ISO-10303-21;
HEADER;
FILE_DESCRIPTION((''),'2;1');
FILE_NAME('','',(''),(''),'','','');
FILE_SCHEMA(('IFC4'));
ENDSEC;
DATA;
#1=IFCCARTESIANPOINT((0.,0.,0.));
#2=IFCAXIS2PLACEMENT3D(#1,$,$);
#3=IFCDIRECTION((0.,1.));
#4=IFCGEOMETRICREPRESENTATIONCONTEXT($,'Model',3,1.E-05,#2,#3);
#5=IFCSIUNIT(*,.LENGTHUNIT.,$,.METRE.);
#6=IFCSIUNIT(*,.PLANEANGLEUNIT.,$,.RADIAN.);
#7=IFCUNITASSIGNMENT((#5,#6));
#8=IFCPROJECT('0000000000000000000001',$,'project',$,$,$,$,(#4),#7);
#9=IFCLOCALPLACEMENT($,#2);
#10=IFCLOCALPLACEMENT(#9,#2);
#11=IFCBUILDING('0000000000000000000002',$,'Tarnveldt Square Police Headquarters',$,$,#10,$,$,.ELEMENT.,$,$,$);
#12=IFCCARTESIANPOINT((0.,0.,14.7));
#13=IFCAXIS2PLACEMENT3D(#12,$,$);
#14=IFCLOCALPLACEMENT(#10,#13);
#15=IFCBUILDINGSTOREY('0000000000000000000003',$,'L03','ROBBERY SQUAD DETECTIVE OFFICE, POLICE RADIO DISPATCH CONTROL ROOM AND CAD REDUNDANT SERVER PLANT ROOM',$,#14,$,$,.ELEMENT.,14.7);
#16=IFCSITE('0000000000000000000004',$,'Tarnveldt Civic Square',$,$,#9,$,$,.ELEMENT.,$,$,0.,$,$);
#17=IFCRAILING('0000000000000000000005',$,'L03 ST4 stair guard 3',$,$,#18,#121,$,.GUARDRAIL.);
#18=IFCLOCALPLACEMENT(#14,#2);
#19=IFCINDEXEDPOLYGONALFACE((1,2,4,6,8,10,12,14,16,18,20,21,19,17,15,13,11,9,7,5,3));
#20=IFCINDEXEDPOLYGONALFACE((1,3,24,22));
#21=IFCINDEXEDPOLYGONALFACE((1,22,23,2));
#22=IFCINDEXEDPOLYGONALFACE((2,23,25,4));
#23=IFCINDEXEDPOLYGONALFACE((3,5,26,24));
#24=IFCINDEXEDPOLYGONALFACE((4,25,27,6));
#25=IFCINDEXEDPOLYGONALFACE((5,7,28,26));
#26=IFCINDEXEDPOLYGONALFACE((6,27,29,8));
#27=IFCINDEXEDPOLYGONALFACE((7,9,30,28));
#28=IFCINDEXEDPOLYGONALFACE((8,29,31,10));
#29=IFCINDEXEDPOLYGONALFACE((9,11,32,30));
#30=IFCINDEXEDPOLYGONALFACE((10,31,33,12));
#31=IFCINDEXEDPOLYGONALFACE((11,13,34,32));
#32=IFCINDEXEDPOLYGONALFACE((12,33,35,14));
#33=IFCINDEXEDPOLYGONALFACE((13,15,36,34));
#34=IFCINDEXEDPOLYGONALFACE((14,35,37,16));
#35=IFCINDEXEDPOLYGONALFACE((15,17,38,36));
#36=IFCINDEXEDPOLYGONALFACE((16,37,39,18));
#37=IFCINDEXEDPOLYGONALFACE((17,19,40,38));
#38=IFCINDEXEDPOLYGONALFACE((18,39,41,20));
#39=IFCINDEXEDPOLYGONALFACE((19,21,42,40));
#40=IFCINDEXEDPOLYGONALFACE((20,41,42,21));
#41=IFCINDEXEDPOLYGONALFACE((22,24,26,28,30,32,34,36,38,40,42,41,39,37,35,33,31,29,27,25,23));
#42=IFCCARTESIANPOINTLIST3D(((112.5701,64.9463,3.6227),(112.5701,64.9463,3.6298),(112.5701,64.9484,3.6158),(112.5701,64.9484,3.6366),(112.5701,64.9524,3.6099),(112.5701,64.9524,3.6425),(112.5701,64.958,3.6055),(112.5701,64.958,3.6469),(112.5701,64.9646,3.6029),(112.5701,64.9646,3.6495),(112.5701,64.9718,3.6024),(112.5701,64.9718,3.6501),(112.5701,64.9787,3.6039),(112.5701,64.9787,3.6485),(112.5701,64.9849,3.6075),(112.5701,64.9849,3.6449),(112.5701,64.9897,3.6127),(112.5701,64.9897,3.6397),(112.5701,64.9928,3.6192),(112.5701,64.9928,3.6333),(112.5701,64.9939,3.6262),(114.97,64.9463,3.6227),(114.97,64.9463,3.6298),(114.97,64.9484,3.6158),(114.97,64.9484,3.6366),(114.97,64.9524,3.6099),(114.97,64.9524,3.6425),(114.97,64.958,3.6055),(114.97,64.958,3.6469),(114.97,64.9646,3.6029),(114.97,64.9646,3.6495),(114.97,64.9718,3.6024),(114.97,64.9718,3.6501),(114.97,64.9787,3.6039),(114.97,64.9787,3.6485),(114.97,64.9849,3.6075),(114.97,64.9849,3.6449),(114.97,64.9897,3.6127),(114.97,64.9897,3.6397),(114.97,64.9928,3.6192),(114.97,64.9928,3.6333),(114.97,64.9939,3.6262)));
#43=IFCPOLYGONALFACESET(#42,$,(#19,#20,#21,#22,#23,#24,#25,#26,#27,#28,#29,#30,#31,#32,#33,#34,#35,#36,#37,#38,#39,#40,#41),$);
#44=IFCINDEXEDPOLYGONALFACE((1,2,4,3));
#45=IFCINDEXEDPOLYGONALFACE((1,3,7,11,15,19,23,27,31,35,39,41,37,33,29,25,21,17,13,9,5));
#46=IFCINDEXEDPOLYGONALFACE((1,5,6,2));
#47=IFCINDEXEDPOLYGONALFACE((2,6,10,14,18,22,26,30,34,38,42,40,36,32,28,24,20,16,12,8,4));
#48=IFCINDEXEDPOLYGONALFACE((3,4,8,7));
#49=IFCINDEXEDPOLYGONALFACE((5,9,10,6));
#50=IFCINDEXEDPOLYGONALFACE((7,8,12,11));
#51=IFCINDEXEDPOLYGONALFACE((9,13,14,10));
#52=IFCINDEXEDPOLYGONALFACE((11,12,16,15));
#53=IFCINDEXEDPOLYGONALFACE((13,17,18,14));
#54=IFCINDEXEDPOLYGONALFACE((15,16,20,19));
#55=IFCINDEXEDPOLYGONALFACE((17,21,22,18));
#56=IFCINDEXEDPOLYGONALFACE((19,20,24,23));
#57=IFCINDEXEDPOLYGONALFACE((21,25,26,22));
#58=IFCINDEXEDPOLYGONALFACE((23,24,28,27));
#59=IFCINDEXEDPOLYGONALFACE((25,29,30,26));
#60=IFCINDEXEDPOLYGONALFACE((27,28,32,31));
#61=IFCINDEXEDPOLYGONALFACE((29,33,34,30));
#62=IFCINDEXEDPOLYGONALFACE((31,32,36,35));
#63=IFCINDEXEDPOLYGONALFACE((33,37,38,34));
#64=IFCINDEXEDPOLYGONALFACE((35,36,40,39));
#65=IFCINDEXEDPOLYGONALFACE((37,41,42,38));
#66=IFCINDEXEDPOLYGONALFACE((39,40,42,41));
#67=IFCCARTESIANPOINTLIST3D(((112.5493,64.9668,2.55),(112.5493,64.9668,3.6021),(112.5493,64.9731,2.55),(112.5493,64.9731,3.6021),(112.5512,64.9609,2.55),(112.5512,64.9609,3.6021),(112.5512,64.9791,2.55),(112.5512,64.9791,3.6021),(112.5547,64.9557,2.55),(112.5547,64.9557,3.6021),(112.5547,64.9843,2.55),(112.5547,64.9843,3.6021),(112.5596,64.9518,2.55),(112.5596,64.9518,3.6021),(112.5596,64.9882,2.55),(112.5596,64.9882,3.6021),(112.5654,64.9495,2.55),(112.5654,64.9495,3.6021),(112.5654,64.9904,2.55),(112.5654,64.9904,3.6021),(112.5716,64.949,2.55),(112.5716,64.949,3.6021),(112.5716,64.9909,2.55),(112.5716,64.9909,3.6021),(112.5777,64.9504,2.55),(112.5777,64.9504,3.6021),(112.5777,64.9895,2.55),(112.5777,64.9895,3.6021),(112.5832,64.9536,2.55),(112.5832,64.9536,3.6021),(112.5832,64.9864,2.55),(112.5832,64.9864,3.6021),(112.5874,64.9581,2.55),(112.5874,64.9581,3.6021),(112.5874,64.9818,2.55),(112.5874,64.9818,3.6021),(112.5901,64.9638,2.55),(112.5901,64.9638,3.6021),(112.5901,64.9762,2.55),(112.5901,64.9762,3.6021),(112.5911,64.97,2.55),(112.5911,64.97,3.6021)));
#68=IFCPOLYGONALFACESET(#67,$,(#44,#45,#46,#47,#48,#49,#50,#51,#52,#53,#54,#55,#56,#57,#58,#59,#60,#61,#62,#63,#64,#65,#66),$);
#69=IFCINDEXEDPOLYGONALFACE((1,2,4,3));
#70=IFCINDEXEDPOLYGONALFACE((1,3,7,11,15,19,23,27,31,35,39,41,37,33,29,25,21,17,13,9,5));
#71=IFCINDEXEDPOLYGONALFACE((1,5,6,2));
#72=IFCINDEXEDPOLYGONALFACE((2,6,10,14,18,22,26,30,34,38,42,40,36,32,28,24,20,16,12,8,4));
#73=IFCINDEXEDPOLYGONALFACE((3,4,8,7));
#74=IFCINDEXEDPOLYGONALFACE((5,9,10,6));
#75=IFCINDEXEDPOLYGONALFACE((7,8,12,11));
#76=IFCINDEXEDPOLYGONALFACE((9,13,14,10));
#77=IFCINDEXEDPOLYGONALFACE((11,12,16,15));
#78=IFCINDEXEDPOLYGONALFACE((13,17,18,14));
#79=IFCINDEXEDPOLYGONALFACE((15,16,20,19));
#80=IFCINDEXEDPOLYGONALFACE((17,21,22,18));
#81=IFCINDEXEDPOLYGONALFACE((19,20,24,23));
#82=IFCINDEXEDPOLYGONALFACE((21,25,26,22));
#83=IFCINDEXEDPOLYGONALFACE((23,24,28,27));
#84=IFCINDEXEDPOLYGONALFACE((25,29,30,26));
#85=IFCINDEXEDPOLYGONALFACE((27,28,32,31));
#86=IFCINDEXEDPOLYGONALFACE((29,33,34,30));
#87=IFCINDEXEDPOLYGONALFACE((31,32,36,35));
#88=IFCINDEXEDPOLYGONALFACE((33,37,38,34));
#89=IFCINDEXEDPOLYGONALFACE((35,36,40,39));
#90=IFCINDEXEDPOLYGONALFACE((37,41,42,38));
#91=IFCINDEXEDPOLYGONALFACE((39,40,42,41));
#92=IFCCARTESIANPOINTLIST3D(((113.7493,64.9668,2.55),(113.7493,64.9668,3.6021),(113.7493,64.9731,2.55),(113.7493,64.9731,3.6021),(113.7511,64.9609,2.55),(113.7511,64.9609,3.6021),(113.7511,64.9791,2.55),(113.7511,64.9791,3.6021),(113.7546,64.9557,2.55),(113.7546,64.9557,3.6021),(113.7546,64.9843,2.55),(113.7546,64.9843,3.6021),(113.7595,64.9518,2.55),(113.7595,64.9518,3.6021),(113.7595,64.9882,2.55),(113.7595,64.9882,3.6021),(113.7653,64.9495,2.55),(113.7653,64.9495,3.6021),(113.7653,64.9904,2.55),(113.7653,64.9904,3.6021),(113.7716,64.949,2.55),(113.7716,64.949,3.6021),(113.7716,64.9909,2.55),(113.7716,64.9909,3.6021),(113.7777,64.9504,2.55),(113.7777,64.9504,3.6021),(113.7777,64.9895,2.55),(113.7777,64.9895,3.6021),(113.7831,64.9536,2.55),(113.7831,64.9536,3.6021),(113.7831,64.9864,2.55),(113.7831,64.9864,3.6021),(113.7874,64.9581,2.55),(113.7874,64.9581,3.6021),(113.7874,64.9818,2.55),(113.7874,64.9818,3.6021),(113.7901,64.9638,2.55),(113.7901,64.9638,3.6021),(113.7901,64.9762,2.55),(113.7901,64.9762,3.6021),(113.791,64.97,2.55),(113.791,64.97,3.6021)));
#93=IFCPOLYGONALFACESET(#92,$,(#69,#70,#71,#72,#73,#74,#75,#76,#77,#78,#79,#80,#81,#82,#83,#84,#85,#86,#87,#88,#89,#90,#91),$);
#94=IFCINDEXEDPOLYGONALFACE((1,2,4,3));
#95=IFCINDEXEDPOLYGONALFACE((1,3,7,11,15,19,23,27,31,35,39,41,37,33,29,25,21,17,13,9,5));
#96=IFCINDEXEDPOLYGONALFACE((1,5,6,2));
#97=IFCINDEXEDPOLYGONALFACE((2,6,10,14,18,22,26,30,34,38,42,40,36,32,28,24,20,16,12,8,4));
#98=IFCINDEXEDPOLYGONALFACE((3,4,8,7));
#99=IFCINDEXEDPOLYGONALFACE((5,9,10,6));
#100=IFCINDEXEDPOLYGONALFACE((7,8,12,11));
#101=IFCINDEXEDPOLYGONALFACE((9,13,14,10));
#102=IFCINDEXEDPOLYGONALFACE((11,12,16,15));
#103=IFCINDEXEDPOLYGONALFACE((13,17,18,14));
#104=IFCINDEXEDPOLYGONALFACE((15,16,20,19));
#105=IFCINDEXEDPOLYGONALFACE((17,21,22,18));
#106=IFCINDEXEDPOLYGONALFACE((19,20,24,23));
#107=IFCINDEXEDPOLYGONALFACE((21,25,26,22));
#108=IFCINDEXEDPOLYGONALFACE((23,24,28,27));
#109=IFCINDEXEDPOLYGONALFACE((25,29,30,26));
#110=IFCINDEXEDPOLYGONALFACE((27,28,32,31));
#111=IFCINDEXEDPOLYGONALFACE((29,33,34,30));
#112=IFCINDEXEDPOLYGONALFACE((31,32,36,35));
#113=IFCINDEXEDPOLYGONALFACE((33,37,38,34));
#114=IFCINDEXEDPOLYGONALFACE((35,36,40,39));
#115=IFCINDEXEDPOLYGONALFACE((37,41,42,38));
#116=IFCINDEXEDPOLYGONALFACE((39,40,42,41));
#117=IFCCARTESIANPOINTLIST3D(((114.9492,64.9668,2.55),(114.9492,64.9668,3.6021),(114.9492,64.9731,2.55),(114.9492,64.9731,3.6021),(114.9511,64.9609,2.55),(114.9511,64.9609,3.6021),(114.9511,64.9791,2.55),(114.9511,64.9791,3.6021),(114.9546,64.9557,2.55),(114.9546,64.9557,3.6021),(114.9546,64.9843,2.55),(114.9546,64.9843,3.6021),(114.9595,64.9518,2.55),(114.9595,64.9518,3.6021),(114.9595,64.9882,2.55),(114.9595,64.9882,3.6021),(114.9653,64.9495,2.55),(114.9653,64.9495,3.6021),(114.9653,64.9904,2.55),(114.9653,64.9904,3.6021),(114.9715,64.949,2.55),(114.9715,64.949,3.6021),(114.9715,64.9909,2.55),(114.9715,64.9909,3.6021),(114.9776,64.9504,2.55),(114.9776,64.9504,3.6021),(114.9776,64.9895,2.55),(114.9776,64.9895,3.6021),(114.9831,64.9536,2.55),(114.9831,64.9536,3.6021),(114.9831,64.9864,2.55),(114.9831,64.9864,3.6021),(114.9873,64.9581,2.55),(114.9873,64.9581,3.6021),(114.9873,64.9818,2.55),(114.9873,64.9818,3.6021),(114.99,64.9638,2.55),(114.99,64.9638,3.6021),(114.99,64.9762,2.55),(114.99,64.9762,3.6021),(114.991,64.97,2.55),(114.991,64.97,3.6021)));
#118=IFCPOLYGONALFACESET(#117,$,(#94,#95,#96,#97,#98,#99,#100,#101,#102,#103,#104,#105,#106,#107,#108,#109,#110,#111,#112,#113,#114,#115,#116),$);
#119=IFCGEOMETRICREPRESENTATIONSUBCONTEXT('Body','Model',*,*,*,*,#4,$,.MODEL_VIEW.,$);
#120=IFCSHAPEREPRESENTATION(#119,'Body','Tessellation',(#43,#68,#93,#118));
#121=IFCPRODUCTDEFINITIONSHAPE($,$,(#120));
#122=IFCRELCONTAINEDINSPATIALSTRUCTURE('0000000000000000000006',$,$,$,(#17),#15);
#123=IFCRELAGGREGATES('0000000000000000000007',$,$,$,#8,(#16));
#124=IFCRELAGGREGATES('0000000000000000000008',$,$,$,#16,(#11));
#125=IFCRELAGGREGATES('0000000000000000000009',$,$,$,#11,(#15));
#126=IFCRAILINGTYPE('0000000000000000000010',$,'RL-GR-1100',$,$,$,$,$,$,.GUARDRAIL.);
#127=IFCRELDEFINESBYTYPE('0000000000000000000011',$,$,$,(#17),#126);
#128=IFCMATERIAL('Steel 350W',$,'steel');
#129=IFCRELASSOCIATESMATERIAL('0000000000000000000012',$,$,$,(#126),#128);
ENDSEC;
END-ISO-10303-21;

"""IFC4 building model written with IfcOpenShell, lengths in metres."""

from ifc_helpers import new_model, si_unit, direction, frame, origin, origin_2d, place, context, subcontext, project, spatial, circle, extrude, material, type_object, element, save


model = new_model("IFC4")

# Units and contexts
model_context = context("Model", 3, precision=1e-05, world=origin(), true_north=direction((0.0, 1.0)))
body_context = subcontext(model_context, "Body", "Model", "MODEL_VIEW")
ifc_project = project(units=[si_unit("LENGTHUNIT", "METRE"), si_unit("PLANEANGLEUNIT", "RADIAN")], contexts=[model_context])

# Site, building, storey
site_placement = place(None, origin())
site = spatial("IfcSite", under=ifc_project, at=site_placement, Name="Tarnveldt Civic Square", CompositionType="ELEMENT", RefElevation=0.0)
building_placement = place(site_placement, origin())
building = spatial("IfcBuilding", under=site, at=building_placement, Name="Tarnveldt Square Police Headquarters", CompositionType="ELEMENT")
storey_placement = place(building_placement, frame((0.0, 0.0, 14.7)))
storey = spatial("IfcBuildingStorey", under=building, at=storey_placement, Name="L03", Description="ROBBERY SQUAD DETECTIVE OFFICE, POLICE RADIO DISPATCH CONTROL ROOM AND CAD REDUNDANT SERVER PLANT ROOM", CompositionType="ELEMENT", Elevation=14.7)

# Shared definitions
ifc_material_1 = material(Name="Steel 350W", Category="steel")

# Railing
railing_type_1 = type_object("IfcRailingType", Name="RL-GR-1100", PredefinedType="GUARDRAIL", material=ifc_material_1)
railing_1_placement = place(storey_placement, frame((112.5701, 64.97, 2.55)))
element("IfcRailing", 1, at=railing_1_placement, inside=storey, type_object=railing_type_1, Name="L03 ST4 stair guard 3", PredefinedType="GUARDRAIL", context=body_context, shape_type="SweptSolid", body=[
    extrude(circle(Radius=0.0239, at=origin_2d()), frame((0.0, 0.0, 1.0762), z_axis=(1.0, 0.0, 0.0), x_axis=(0.0, 1.0, 0.0)), (0.0, 0.0, 1.0), 2.3999),
    extrude(circle(Radius=0.021, at=origin_2d()), origin(), (0.0, 0.0, 1.0), 1.052),
    extrude(circle(Radius=0.021, at=origin_2d()), frame((1.2, 0.0, 0.0)), (0.0, 0.0, 1.0), 1.052),
    extrude(circle(Radius=0.021, at=origin_2d()), frame((2.3999, 0.0, 0.0)), (0.0, 0.0, 1.0), 1.052),
])

save(model, "model.ifc")
